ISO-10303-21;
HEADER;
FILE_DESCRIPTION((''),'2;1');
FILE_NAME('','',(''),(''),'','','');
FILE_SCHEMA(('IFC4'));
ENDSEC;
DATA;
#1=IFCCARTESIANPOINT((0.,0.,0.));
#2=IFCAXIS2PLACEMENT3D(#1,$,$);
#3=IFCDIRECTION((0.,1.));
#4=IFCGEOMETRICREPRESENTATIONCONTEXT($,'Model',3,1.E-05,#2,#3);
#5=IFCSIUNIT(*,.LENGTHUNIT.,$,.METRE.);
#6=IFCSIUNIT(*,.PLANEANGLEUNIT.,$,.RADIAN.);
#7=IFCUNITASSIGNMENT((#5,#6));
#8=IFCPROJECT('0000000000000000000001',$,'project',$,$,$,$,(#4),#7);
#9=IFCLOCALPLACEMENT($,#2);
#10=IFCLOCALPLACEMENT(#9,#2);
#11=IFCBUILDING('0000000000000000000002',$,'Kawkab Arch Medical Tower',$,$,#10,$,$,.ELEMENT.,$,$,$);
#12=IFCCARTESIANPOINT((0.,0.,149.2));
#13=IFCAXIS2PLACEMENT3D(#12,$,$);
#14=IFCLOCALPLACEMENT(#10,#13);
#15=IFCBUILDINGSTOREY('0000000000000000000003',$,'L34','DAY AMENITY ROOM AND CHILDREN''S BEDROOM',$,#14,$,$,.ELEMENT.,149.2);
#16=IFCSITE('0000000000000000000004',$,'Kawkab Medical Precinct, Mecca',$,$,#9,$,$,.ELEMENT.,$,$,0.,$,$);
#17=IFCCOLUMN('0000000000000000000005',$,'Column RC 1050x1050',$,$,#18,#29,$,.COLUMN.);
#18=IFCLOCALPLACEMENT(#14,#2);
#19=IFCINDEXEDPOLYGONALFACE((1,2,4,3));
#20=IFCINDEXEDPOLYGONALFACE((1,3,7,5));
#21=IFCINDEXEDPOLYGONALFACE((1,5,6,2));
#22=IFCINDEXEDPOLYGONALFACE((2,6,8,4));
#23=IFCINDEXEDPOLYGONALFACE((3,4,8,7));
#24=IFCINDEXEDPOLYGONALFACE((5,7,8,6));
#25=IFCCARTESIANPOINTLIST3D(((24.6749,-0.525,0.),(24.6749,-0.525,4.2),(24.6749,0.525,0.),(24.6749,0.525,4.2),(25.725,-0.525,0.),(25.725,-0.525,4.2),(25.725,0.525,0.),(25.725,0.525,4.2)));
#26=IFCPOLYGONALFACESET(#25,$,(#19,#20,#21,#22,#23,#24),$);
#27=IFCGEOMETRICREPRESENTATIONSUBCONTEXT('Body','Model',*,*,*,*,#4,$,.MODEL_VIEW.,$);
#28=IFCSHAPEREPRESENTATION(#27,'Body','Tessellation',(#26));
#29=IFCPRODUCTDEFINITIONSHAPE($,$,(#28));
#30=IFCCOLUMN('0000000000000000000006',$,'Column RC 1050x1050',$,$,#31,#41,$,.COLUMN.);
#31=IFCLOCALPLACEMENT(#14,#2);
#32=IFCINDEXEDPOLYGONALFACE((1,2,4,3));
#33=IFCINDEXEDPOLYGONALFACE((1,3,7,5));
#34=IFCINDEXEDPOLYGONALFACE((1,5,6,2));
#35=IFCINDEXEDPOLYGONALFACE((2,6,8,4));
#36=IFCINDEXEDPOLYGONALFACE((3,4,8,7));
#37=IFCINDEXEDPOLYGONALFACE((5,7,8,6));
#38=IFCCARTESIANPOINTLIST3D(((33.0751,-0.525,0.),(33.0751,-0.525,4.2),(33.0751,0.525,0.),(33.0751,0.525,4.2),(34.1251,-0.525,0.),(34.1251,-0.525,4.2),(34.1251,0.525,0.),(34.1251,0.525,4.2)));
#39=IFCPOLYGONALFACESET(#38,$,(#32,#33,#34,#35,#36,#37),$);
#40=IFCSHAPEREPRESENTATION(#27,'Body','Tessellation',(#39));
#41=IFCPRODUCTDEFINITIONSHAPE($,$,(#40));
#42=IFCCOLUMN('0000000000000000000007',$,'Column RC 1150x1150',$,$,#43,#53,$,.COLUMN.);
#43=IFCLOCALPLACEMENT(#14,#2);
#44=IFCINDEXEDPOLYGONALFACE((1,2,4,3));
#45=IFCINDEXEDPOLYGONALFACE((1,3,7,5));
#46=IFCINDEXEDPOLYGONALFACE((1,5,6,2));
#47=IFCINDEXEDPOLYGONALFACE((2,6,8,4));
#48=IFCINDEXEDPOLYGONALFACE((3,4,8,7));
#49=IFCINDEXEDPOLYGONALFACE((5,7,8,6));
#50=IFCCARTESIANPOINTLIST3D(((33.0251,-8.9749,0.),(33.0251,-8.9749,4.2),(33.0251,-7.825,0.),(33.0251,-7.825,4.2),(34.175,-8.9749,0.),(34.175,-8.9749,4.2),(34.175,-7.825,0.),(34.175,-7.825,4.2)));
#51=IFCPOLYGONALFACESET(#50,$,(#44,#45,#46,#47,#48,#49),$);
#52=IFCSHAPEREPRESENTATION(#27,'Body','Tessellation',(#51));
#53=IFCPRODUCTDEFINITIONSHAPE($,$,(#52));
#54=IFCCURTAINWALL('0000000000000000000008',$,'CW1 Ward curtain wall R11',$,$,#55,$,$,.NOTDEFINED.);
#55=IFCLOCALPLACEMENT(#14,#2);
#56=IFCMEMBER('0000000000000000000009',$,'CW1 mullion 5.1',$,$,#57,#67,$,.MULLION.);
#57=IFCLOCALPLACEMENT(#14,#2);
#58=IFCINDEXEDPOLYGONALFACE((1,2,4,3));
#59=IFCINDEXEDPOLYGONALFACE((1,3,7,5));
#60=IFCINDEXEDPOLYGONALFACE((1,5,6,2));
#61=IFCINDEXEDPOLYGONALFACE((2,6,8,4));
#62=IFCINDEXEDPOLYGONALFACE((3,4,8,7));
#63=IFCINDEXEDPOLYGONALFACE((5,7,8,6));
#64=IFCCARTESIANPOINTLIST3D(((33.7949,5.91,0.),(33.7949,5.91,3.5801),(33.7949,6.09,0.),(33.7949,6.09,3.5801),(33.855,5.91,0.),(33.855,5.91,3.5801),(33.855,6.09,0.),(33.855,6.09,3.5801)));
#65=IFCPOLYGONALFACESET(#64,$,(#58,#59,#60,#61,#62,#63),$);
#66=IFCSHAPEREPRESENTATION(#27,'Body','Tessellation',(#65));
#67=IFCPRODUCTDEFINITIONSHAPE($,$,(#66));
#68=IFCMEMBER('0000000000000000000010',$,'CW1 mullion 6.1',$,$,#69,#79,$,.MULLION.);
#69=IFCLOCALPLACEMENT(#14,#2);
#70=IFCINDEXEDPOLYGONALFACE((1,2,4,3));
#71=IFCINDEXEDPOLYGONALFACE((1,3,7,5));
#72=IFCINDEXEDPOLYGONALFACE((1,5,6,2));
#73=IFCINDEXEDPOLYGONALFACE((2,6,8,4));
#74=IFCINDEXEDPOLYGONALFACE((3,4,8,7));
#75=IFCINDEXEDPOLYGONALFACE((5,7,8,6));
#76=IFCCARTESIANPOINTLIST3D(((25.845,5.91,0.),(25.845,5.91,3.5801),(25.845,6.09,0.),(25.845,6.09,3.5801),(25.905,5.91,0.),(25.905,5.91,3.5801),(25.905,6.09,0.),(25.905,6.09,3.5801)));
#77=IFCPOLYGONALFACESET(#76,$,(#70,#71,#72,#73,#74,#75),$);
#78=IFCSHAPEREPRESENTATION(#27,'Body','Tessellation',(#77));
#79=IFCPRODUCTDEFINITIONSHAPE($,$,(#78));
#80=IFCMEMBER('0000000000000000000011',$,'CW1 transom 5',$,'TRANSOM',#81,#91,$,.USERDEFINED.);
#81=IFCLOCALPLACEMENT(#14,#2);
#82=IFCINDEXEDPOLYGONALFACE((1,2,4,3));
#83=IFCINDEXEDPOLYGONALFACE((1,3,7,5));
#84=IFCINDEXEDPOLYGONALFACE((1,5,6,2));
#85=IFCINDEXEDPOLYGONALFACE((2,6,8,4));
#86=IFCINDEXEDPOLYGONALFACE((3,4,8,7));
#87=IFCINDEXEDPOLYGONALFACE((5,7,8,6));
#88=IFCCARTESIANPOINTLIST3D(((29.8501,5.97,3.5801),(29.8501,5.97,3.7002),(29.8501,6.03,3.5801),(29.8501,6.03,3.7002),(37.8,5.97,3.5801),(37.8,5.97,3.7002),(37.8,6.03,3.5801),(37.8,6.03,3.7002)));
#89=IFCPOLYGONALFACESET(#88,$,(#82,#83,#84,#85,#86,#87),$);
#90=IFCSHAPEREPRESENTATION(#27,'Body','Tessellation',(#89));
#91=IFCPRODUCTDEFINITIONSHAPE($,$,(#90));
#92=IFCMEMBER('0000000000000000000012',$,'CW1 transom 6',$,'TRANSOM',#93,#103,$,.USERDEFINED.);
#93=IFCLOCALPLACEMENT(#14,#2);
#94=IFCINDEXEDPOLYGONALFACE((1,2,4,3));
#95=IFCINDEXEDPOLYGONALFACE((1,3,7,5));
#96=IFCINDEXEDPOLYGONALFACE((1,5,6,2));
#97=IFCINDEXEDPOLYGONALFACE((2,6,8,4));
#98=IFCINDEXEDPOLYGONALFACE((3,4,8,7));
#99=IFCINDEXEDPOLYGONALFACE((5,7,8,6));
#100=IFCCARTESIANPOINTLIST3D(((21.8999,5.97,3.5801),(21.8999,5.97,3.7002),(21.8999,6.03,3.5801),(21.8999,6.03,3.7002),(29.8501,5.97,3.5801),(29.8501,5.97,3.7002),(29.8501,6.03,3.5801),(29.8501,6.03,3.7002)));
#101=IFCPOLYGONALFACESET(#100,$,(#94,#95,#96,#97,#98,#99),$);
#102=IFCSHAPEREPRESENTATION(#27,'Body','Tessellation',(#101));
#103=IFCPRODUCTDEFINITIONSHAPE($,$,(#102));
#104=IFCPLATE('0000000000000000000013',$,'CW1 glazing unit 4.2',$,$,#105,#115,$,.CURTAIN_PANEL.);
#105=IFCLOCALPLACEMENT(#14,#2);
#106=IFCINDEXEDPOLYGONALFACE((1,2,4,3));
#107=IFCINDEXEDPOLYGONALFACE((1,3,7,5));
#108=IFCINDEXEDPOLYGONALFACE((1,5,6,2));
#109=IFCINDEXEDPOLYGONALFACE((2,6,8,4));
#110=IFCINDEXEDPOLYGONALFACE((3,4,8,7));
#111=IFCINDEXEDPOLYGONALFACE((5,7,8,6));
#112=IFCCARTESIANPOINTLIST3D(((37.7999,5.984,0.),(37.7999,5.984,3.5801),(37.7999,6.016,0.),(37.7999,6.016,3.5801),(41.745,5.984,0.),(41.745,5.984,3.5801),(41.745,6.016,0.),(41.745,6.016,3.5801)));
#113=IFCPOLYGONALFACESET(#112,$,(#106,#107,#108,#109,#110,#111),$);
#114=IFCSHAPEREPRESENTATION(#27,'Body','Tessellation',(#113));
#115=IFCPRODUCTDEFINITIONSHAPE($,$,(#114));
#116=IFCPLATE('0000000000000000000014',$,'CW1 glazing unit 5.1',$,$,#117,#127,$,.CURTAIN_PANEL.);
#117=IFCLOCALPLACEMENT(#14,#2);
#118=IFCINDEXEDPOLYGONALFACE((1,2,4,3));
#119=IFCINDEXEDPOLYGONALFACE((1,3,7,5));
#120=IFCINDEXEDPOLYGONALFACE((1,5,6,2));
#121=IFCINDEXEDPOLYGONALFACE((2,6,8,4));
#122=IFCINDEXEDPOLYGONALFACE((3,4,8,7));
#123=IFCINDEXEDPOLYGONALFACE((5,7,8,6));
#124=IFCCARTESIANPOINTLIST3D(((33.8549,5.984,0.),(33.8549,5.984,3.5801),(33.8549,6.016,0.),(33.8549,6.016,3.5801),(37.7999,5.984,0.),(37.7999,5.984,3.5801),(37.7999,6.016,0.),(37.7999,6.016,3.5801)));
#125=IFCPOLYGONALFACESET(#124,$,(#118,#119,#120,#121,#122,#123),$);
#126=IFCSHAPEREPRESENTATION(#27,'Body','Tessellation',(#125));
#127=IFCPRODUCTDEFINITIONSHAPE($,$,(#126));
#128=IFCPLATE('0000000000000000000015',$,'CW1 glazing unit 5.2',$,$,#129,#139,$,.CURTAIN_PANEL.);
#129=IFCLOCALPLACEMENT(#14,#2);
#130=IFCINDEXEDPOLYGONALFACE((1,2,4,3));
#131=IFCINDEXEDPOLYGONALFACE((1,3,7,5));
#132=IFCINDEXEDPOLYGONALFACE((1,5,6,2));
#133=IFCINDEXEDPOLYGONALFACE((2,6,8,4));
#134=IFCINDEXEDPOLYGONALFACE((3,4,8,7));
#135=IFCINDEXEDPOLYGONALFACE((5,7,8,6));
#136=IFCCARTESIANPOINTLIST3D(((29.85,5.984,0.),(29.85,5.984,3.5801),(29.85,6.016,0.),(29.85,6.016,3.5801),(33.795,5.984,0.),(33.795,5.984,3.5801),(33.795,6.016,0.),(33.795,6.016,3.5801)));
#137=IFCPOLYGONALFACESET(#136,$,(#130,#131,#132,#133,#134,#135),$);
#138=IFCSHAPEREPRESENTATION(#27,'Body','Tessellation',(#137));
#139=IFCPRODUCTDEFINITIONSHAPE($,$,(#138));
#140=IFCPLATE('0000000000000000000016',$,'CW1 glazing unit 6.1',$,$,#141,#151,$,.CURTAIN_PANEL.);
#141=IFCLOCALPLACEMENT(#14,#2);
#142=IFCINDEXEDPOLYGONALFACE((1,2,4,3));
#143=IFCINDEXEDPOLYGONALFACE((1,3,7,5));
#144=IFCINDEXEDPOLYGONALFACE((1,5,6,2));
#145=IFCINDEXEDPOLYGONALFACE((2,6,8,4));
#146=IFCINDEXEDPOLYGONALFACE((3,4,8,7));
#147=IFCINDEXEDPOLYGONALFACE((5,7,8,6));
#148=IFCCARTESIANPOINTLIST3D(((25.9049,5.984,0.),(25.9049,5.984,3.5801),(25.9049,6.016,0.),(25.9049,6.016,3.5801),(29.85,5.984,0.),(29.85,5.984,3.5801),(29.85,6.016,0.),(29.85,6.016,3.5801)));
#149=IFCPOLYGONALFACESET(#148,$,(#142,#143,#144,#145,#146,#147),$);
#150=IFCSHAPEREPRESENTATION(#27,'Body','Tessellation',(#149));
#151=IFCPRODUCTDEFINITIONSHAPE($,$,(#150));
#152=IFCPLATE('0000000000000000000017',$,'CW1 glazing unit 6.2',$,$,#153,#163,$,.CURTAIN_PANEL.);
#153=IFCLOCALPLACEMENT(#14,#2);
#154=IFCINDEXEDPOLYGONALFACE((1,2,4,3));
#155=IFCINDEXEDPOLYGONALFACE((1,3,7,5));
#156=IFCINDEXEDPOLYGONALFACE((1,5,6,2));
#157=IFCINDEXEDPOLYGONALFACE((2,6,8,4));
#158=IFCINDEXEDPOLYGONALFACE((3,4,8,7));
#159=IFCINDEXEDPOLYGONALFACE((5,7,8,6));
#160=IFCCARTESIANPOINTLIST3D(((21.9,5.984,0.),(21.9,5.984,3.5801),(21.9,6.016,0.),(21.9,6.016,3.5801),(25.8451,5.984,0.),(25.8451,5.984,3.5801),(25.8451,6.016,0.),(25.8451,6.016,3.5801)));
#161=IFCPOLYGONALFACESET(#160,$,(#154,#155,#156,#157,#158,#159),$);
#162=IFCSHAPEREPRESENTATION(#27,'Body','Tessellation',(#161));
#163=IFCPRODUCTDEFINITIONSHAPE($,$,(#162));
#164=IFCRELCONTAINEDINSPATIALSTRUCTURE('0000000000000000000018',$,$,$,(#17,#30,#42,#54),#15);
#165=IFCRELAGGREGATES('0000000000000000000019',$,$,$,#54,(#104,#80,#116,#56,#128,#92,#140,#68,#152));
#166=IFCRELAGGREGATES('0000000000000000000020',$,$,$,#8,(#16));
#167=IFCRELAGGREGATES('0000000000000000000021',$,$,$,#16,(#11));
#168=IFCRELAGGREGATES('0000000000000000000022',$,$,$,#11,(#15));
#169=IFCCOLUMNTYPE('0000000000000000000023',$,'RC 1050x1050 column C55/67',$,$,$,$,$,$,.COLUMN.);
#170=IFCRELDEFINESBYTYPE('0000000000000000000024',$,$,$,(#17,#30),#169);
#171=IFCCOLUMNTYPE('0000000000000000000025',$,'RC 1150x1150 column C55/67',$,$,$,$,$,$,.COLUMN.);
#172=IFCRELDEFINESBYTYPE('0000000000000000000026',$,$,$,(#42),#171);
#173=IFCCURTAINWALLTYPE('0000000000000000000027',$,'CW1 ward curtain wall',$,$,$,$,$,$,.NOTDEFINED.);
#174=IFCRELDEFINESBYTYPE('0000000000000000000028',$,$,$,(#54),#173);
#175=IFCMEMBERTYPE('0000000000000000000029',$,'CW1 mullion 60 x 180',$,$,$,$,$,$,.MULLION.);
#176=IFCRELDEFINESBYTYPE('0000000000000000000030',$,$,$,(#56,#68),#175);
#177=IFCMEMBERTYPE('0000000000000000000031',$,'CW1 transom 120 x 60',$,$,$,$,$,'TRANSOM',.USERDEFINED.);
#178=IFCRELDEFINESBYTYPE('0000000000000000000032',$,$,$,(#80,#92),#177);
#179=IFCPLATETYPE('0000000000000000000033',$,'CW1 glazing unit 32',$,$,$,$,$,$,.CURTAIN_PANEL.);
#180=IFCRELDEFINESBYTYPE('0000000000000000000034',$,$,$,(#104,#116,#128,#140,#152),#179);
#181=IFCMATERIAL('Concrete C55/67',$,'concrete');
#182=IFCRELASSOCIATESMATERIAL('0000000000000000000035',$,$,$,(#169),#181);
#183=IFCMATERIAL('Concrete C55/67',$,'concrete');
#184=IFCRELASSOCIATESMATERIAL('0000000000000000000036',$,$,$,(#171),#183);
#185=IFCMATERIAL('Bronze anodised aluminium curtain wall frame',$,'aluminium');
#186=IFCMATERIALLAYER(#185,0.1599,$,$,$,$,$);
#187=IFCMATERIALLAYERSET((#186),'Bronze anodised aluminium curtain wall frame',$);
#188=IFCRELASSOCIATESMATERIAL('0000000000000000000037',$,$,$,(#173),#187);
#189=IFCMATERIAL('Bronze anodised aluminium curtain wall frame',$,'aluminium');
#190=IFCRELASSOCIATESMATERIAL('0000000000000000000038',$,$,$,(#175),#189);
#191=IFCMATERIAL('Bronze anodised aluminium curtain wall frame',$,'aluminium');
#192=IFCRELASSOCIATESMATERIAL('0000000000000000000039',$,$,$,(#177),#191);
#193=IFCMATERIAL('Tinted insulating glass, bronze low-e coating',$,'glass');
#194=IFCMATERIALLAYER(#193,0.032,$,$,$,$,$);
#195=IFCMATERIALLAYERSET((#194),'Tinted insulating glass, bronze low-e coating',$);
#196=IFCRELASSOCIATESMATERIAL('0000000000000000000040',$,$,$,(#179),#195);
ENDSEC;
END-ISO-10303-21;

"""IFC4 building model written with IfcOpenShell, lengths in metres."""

from ifc_helpers import new_model, si_unit, direction, frame, origin, origin_2d, place, context, subcontext, project, spatial, rectangle, extrude, material, layer, layer_set, material_profile, profile_set, type_object, element, aggregate, save


model = new_model("IFC4")

# Units and contexts
model_context = context("Model", 3, precision=1e-05, world=origin(), true_north=direction((0.0, 1.0)))
body_context = subcontext(model_context, "Body", "Model", "MODEL_VIEW")
ifc_project = project(units=[si_unit("LENGTHUNIT", "METRE"), si_unit("PLANEANGLEUNIT", "RADIAN")], contexts=[model_context])

# Site, building, storey
site_placement = place(None, origin())
site = spatial("IfcSite", under=ifc_project, at=site_placement, Name="Kawkab Medical Precinct, Mecca", CompositionType="ELEMENT", RefElevation=0.0)
building_placement = place(site_placement, origin())
building = spatial("IfcBuilding", under=site, at=building_placement, Name="Kawkab Arch Medical Tower", CompositionType="ELEMENT")
storey_placement = place(building_placement, frame((0.0, 0.0, 149.2)))
storey = spatial("IfcBuildingStorey", under=building, at=storey_placement, Name="L34", Description="DAY AMENITY ROOM AND CHILDREN'S BEDROOM", CompositionType="ELEMENT", Elevation=149.2)

# Columns
ifc_material_1 = material(Name="Concrete C55/67", Category="concrete")
ifc_material_profile_1 = material_profile(ifc_material_1, rectangle(XDim=1.05, YDim=1.05, at=origin_2d()), Name="RC 1050x1050")
ifc_profile_set_1 = profile_set([ifc_material_profile_1], Name="Concrete C55/67")
column_type_1 = type_object("IfcColumnType", Name="RC 1050x1050 column C55/67", PredefinedType="COLUMN", material=ifc_profile_set_1)
for number, where, z_axis, x_axis, name in (
    (1, (25.2, 0.0, 0.0), (0.0, 0.0, 1.0), (1.0, 0.0, 0.0), "Column RC 1050x1050"),
    (2, (33.6001, 0.0, 0.0), (0.0, 0.0, 1.0), (1.0, 0.0, 0.0), "Column RC 1050x1050"),
):
    element("IfcColumn", number, at=place(storey_placement, frame(where, z_axis=z_axis, x_axis=x_axis)), inside=storey, type_object=column_type_1, Name=name, PredefinedType="COLUMN", context=body_context, shape_type="SweptSolid", body=[
        extrude(rectangle(XDim=1.05, YDim=1.05, at=origin_2d()), origin(), (0.0, 0.0, 1.0), 4.2),
    ])
ifc_material_2 = material(Name="Concrete C55/67", Category="concrete")
ifc_material_profile_2 = material_profile(ifc_material_2, rectangle(XDim=1.1499, YDim=1.1499, at=origin_2d()), Name="RC 1150x1150")
ifc_profile_set_2 = profile_set([ifc_material_profile_2], Name="Concrete C55/67")
column_type_2 = type_object("IfcColumnType", Name="RC 1150x1150 column C55/67", PredefinedType="COLUMN", material=ifc_profile_set_2)
column_placement = place(storey_placement, frame((33.6001, -8.3999, 0.0), z_axis=(0.0, 0.0, 1.0), x_axis=(1.0, 0.0, 0.0)))
element("IfcColumn", 3, at=column_placement, inside=storey, type_object=column_type_2, Name="Column RC 1150x1150", PredefinedType="COLUMN", context=body_context, shape_type="SweptSolid", body=[
    extrude(rectangle(XDim=1.1499, YDim=1.1499, at=origin_2d()), origin(), (0.0, 0.0, 1.0), 4.2),
])

# Curtain wall, members, plates
ifc_material_3 = material(Name="Bronze anodised aluminium curtain wall frame", Category="aluminium")
ifc_layer_1 = layer(ifc_material_3, 0.1599)
ifc_layer_set_1 = layer_set([ifc_layer_1], Name="Bronze anodised aluminium curtain wall frame")
curtain_wall_type = type_object("IfcCurtainWallType", Name="CW1 ward curtain wall", PredefinedType="NOTDEFINED", material=ifc_layer_set_1)
curtain_wall_placement = place(storey_placement, origin())
curtain_wall = element("IfcCurtainWall", 4, at=curtain_wall_placement, inside=storey, type_object=curtain_wall_type, Name="CW1 Ward curtain wall R11", PredefinedType="NOTDEFINED")
ifc_material_4 = material(Name="Bronze anodised aluminium curtain wall frame", Category="aluminium")
ifc_material_profile_3 = material_profile(ifc_material_4, rectangle(XDim=0.1799, YDim=0.0601, at=origin_2d()), Name="AL 60x180")
ifc_profile_set_3 = profile_set([ifc_material_profile_3], Name="Bronze anodised aluminium curtain wall frame")
member_type_1 = type_object("IfcMemberType", Name="CW1 mullion 60 x 180", PredefinedType="MULLION", material=ifc_profile_set_3)
member_1_placement = place(storey_placement, frame((33.825, 6.0, 0.0), z_axis=(0.0, 0.0, 1.0), x_axis=(0.0, -1.0, 0.0)))
member_1 = element("IfcMember", 5, at=member_1_placement, type_object=member_type_1, Name="CW1 mullion 5.1", PredefinedType="MULLION", context=body_context, shape_type="SweptSolid", body=[
    extrude(rectangle(XDim=0.1799, YDim=0.0601, at=origin_2d()), origin(), (0.0, 0.0, 1.0), 3.5801),
])
member_2_placement = place(storey_placement, frame((25.875, 6.0, 0.0), z_axis=(0.0, 0.0, 1.0), x_axis=(0.0, -1.0, 0.0)))
member_2 = element("IfcMember", 6, at=member_2_placement, type_object=member_type_1, Name="CW1 mullion 6.1", PredefinedType="MULLION", context=body_context, shape_type="SweptSolid", body=[
    extrude(rectangle(XDim=0.1799, YDim=0.0601, at=origin_2d()), origin(), (0.0, 0.0, 1.0), 3.5801),
])
ifc_material_5 = material(Name="Bronze anodised aluminium curtain wall frame", Category="aluminium")
ifc_material_profile_4 = material_profile(ifc_material_5, rectangle(XDim=0.0601, YDim=0.1201, at=origin_2d()), Name="AL 60x120")
ifc_profile_set_4 = profile_set([ifc_material_profile_4], Name="Bronze anodised aluminium curtain wall frame")
member_type_2 = type_object("IfcMemberType", Name="CW1 transom 120 x 60", ElementType="TRANSOM", PredefinedType="USERDEFINED", material=ifc_profile_set_4)
member_3_placement = place(storey_placement, frame((37.8, 6.0, 3.6401), z_axis=(-1.0, 0.0, 0.0), x_axis=(0.0, -1.0, 0.0)))
member_3 = element("IfcMember", 7, at=member_3_placement, type_object=member_type_2, Name="CW1 transom 5", ObjectType="TRANSOM", PredefinedType="USERDEFINED", context=body_context, shape_type="SweptSolid", body=[
    extrude(rectangle(XDim=0.0601, YDim=0.1201, at=origin_2d()), origin(), (0.0, 0.0, 1.0), 7.95),
])
member_4_placement = place(storey_placement, frame((29.8501, 6.0, 3.6401), z_axis=(-1.0, 0.0, 0.0), x_axis=(0.0, -1.0, 0.0)))
member_4 = element("IfcMember", 8, at=member_4_placement, type_object=member_type_2, Name="CW1 transom 6", ObjectType="TRANSOM", PredefinedType="USERDEFINED", context=body_context, shape_type="SweptSolid", body=[
    extrude(rectangle(XDim=0.0601, YDim=0.1201, at=origin_2d()), origin(), (0.0, 0.0, 1.0), 7.9502),
])
ifc_material_6 = material(Name="Tinted insulating glass, bronze low-e coating", Category="glass")
ifc_layer_2 = layer(ifc_material_6, 0.032)
ifc_layer_set_2 = layer_set([ifc_layer_2], Name="Tinted insulating glass, bronze low-e coating")
plate_type = type_object("IfcPlateType", Name="CW1 glazing unit 32", PredefinedType="CURTAIN_PANEL", material=ifc_layer_set_2)
plate_1_placement = place(storey_placement, frame((39.7725, 6.0, 0.0), z_axis=(0.0, 0.0, 1.0), x_axis=(-1.0, 0.0, 0.0)))
plate_1 = element("IfcPlate", 9, at=plate_1_placement, type_object=plate_type, Name="CW1 glazing unit 4.2", PredefinedType="CURTAIN_PANEL", context=body_context, shape_type="SweptSolid", body=[
    extrude(rectangle(XDim=3.9451, YDim=0.032, at=origin_2d()), origin(), (0.0, 0.0, 1.0), 3.5801),
])
plate_2_placement = place(storey_placement, frame((35.8274, 6.0, 0.0), z_axis=(0.0, 0.0, 1.0), x_axis=(-1.0, 0.0, 0.0)))
plate_2 = element("IfcPlate", 10, at=plate_2_placement, type_object=plate_type, Name="CW1 glazing unit 5.1", PredefinedType="CURTAIN_PANEL", context=body_context, shape_type="SweptSolid", body=[
    extrude(rectangle(XDim=3.9451, YDim=0.032, at=origin_2d()), origin(), (0.0, 0.0, 1.0), 3.5801),
])
plate_3_placement = place(storey_placement, frame((31.8225, 6.0, 0.0), z_axis=(0.0, 0.0, 1.0), x_axis=(-1.0, 0.0, 0.0)))
plate_3 = element("IfcPlate", 11, at=plate_3_placement, type_object=plate_type, Name="CW1 glazing unit 5.2", PredefinedType="CURTAIN_PANEL", context=body_context, shape_type="SweptSolid", body=[
    extrude(rectangle(XDim=3.9451, YDim=0.032, at=origin_2d()), origin(), (0.0, 0.0, 1.0), 3.5801),
])
plate_4_placement = place(storey_placement, frame((27.8774, 6.0, 0.0), z_axis=(0.0, 0.0, 1.0), x_axis=(-1.0, 0.0, 0.0)))
plate_4 = element("IfcPlate", 12, at=plate_4_placement, type_object=plate_type, Name="CW1 glazing unit 6.1", PredefinedType="CURTAIN_PANEL", context=body_context, shape_type="SweptSolid", body=[
    extrude(rectangle(XDim=3.9451, YDim=0.032, at=origin_2d()), origin(), (0.0, 0.0, 1.0), 3.5801),
])
plate_5_placement = place(storey_placement, frame((23.8726, 6.0, 0.0), z_axis=(0.0, 0.0, 1.0), x_axis=(-1.0, 0.0, 0.0)))
plate_5 = element("IfcPlate", 13, at=plate_5_placement, type_object=plate_type, Name="CW1 glazing unit 6.2", PredefinedType="CURTAIN_PANEL", context=body_context, shape_type="SweptSolid", body=[
    extrude(rectangle(XDim=3.9451, YDim=0.032, at=origin_2d()), origin(), (0.0, 0.0, 1.0), 3.5801),
])
aggregate(curtain_wall, [plate_1, member_3, plate_2, member_1, plate_3, member_4, plate_4, member_2, plate_5])

save(model, "model.ifc")
